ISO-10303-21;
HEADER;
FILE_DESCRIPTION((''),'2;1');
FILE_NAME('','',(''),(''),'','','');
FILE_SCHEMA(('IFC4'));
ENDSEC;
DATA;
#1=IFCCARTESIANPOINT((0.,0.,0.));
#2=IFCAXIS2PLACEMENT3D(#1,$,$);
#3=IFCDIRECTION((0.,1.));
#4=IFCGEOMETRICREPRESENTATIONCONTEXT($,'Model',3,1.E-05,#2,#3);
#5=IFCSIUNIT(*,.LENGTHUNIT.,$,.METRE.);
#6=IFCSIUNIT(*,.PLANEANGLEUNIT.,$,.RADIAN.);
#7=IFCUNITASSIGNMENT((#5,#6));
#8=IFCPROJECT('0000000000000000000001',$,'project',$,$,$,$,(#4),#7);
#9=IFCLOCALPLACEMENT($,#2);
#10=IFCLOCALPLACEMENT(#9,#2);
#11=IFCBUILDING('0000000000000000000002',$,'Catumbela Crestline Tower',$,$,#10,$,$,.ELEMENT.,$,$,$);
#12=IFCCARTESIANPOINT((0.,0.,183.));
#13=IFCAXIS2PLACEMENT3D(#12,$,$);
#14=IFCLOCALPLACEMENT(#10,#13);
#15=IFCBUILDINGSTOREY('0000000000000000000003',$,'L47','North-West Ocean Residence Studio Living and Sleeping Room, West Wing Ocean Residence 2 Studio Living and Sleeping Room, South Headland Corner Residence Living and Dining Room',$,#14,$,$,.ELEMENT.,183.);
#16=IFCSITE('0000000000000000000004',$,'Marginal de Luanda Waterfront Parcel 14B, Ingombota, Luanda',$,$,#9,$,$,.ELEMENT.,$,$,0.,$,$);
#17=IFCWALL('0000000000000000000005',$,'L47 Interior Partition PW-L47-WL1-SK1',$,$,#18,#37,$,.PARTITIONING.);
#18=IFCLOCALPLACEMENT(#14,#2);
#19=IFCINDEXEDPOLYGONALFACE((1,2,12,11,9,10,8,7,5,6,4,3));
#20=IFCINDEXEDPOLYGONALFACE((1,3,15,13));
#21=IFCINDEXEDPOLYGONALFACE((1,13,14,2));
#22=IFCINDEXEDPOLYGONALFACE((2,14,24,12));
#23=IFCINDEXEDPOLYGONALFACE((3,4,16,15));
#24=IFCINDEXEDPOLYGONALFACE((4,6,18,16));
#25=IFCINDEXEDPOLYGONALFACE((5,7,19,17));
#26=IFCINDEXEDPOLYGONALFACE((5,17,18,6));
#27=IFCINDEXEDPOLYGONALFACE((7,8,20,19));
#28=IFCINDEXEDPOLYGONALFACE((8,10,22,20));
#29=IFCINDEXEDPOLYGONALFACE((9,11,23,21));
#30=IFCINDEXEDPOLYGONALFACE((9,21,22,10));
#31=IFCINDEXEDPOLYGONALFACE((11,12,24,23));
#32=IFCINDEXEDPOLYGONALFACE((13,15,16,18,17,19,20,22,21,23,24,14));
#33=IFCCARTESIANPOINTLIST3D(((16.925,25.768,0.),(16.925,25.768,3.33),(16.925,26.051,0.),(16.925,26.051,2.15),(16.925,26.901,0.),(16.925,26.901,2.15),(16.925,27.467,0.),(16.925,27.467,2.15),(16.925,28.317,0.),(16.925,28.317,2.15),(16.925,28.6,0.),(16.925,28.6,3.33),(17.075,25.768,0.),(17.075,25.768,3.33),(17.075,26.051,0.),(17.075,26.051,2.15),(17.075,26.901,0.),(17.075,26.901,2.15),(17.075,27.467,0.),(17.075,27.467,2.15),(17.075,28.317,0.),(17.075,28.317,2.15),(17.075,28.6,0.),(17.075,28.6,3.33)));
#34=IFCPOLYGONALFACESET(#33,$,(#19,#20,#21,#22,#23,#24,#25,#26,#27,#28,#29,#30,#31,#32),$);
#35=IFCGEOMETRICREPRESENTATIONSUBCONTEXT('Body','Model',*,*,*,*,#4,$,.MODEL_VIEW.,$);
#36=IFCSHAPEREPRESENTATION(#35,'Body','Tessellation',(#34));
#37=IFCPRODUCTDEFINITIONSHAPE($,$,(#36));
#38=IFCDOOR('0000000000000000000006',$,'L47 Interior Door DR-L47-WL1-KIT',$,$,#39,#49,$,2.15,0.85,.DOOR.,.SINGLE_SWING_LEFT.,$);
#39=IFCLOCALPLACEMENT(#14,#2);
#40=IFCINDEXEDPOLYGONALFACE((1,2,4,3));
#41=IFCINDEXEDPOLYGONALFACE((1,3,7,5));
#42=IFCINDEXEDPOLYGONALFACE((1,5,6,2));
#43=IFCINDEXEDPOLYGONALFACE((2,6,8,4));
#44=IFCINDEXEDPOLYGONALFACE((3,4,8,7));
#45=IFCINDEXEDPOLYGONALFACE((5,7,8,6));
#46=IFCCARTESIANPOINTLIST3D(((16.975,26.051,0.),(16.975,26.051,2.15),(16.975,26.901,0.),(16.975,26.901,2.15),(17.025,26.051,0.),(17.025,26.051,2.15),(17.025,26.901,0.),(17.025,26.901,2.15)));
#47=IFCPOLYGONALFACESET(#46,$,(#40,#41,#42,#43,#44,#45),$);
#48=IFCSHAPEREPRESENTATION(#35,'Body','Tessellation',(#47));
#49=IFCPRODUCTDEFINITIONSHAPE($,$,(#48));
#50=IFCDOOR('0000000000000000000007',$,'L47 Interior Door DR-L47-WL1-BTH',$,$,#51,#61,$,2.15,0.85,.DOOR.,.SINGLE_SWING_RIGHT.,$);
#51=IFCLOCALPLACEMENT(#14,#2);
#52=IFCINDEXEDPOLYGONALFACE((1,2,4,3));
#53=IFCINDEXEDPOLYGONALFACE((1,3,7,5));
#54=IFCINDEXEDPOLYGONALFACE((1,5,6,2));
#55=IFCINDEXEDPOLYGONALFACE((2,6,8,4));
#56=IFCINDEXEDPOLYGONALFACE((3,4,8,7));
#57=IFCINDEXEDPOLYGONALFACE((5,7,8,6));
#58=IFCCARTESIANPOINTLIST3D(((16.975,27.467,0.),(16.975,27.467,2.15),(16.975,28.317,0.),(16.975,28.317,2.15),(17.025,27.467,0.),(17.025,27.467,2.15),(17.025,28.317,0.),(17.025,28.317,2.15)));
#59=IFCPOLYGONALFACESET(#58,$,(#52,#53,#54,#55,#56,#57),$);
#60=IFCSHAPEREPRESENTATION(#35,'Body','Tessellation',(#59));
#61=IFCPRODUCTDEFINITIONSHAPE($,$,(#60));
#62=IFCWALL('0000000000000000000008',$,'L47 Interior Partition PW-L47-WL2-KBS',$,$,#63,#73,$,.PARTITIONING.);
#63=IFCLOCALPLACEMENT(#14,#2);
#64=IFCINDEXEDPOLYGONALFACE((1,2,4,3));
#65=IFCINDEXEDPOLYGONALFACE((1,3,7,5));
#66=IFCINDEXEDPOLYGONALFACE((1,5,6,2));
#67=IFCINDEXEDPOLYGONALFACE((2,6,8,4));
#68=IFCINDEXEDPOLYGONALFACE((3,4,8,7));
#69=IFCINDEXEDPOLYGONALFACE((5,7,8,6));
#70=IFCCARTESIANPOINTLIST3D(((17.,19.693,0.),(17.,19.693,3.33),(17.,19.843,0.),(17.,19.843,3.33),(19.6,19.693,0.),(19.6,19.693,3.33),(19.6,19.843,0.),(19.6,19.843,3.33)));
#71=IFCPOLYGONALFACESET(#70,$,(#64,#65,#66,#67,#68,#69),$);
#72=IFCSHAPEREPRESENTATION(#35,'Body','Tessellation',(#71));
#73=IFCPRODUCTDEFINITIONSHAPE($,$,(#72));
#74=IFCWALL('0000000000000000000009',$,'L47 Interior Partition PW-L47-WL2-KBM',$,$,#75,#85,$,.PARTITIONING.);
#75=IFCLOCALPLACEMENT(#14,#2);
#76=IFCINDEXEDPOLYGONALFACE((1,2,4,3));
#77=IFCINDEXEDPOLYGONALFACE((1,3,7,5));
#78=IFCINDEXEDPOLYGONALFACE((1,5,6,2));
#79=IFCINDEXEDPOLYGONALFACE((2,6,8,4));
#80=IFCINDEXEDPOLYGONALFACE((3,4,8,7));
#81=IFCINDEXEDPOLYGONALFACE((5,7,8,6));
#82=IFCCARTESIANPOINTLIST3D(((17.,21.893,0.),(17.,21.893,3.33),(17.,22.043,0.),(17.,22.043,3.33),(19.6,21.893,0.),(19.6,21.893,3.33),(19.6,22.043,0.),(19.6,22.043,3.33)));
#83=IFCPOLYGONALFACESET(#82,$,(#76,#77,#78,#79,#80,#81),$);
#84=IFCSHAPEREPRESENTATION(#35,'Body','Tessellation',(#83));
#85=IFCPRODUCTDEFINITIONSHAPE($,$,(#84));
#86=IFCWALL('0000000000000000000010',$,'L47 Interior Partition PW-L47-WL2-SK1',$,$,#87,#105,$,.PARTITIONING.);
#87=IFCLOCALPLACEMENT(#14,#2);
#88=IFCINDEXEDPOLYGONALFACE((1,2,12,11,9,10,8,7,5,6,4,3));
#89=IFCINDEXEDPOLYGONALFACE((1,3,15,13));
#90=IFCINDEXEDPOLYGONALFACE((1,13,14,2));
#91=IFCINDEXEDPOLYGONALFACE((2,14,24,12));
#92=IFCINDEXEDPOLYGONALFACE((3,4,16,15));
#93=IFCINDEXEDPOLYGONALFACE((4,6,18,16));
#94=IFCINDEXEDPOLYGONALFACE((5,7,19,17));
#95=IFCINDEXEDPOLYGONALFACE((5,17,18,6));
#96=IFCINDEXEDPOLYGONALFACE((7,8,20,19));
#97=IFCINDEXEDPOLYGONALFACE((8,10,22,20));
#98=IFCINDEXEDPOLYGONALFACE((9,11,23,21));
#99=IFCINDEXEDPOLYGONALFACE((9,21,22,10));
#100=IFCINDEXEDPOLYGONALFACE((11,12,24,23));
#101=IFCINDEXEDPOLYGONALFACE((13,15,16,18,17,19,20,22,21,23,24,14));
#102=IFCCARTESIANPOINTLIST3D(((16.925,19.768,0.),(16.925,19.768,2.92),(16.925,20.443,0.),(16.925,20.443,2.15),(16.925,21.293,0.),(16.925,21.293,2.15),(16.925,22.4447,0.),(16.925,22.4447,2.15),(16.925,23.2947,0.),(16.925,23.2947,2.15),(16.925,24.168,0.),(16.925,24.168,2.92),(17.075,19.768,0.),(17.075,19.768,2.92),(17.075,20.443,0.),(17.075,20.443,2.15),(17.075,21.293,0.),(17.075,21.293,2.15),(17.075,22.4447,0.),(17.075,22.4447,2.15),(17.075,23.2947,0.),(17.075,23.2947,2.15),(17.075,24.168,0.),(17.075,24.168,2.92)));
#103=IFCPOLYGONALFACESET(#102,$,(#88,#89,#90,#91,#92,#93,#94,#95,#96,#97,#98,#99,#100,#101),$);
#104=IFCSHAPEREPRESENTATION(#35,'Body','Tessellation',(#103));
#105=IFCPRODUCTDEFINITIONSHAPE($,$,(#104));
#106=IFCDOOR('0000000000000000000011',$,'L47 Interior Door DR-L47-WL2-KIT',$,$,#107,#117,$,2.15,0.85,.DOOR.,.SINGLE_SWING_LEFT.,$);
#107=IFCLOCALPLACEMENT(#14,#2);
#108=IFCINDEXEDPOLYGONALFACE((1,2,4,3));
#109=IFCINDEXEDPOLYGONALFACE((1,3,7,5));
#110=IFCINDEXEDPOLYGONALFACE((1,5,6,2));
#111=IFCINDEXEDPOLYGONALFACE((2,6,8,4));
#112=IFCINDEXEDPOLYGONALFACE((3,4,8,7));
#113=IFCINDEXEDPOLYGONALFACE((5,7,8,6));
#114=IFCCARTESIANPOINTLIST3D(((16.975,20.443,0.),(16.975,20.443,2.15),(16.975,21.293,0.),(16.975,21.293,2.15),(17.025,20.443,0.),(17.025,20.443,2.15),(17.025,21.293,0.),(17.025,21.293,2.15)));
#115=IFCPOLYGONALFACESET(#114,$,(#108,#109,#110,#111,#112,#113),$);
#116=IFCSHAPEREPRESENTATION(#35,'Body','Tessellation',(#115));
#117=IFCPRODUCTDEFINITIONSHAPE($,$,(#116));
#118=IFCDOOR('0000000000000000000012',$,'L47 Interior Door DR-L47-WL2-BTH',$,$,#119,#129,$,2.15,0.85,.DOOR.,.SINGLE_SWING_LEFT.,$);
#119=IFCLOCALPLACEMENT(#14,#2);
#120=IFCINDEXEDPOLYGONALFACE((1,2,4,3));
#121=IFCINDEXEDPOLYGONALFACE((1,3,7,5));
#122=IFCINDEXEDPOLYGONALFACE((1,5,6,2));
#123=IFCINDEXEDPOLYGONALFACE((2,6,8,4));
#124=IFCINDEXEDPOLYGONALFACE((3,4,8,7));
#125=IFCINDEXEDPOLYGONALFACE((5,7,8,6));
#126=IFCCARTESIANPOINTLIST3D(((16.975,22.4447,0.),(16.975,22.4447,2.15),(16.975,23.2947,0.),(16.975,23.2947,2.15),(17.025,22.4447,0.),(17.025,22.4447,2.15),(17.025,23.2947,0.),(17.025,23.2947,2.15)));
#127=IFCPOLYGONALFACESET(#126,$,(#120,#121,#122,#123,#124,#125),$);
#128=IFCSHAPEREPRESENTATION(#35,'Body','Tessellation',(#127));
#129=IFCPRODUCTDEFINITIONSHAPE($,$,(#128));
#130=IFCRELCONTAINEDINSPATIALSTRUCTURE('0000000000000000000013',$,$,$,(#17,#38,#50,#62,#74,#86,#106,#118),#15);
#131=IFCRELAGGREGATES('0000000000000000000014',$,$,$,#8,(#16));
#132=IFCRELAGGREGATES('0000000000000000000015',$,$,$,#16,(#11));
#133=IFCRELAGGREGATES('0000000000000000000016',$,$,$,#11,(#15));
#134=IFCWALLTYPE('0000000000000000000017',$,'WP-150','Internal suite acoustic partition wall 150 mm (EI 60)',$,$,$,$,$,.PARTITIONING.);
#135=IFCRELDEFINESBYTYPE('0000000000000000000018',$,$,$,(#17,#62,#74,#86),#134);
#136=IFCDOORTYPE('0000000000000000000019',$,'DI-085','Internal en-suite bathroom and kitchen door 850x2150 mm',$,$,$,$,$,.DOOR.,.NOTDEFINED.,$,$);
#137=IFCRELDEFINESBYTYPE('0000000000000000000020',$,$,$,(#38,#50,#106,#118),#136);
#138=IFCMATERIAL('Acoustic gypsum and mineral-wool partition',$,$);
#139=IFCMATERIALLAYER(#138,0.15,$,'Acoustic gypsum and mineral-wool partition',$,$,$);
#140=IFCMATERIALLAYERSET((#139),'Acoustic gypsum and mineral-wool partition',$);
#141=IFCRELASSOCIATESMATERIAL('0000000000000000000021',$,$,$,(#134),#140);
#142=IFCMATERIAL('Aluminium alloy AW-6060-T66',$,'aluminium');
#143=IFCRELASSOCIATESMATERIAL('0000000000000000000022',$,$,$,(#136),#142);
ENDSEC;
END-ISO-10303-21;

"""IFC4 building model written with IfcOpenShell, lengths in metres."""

from ifc_helpers import new_model, si_unit, direction, frame, frame_2d, origin, place, context, subcontext, project, spatial, rectangle, extrude, material, layer, layer_set, type_object, element, fill, save


model = new_model("IFC4")

# Units and contexts
model_context = context("Model", 3, precision=1e-05, world=origin(), true_north=direction((0.0, 1.0)))
body_context = subcontext(model_context, "Body", "Model", "MODEL_VIEW")
ifc_project = project(units=[si_unit("LENGTHUNIT", "METRE"), si_unit("PLANEANGLEUNIT", "RADIAN")], contexts=[model_context])

# Site, building, storey
site_placement = place(None, origin())
site = spatial("IfcSite", under=ifc_project, at=site_placement, Name="Marginal de Luanda Waterfront Parcel 14B, Ingombota, Luanda", CompositionType="ELEMENT", RefElevation=0.0)
building_placement = place(site_placement, origin())
building = spatial("IfcBuilding", under=site, at=building_placement, Name="Catumbela Crestline Tower", CompositionType="ELEMENT")
storey_placement = place(building_placement, frame((0.0, 0.0, 183.0)))
storey = spatial("IfcBuildingStorey", under=building, at=storey_placement, Name="L47", Description="North-West Ocean Residence Studio Living and Sleeping Room, West Wing Ocean Residence 2 Studio Living and Sleeping Room, South Headland Corner Residence Living and Dining Room", CompositionType="ELEMENT", Elevation=183.0)

# Shared definitions
ifc_material_1 = material(Name="Acoustic gypsum and mineral-wool partition")

# Shared definitions
ifc_material_2 = material(Name="Aluminium alloy AW-6060-T66", Category="aluminium")

# Shared definitions
ifc_layer_1 = layer(ifc_material_1, 0.15, Name="Acoustic gypsum and mineral-wool partition")
ifc_layer_set_1 = layer_set([ifc_layer_1], Name="Acoustic gypsum and mineral-wool partition")
wall_type_1 = type_object("IfcWallType", Name="WP-150", Description="Internal suite acoustic partition wall 150 mm (EI 60)", PredefinedType="PARTITIONING", material=ifc_layer_set_1)

# Wall, openings, doors
wall_1_placement = place(storey_placement, frame((17.0, 25.768, 0.0), z_axis=(0.0, 0.0, 1.0), x_axis=(0.0, 1.0, 0.0)))
wall_1 = element("IfcWall", 1, at=wall_1_placement, inside=storey, type_object=wall_type_1, Name="L47 Interior Partition PW-L47-WL1-SK1", PredefinedType="PARTITIONING", context=body_context, shape_type="SweptSolid", body=[
    extrude(rectangle(XDim=2.832, YDim=0.15, at=frame_2d((1.416, 0.0))), origin(), (0.0, 0.0, 1.0), 3.33),
])
opening_1_placement = place(wall_1_placement, frame((0.283, 0.0, 0.0)))
opening_1 = element("IfcOpeningElement", 2, at=opening_1_placement, cuts=wall_1, PredefinedType="OPENING", context=body_context, shape_type="SweptSolid", body=[
    extrude(rectangle(XDim=0.85, YDim=2.15, at=frame_2d((0.425, 1.075))), frame((0.0, 0.085, 0.0), z_axis=(0.0, -1.0, 0.0), x_axis=(1.0, 0.0, 0.0)), (0.0, 0.0, 1.0), 0.17),
])
opening_2_placement = place(wall_1_placement, frame((1.699, 0.0, 0.0)))
opening_2 = element("IfcOpeningElement", 3, at=opening_2_placement, cuts=wall_1, PredefinedType="OPENING", context=body_context, shape_type="SweptSolid", body=[
    extrude(rectangle(XDim=0.85, YDim=2.15, at=frame_2d((0.425, 1.075))), frame((0.0, 0.085, 0.0), z_axis=(0.0, -1.0, 0.0), x_axis=(1.0, 0.0, 0.0)), (0.0, 0.0, 1.0), 0.17),
])
door_type_1 = type_object("IfcDoorType", Name="DI-085", Description="Internal en-suite bathroom and kitchen door 850x2150 mm", OperationType="NOTDEFINED", PredefinedType="DOOR", material=ifc_material_2)
door_1_placement = place(opening_1_placement, origin())
door_1 = element("IfcDoor", 4, at=door_1_placement, inside=storey, type_object=door_type_1, Name="L47 Interior Door DR-L47-WL1-KIT", OperationType="SINGLE_SWING_LEFT", OverallHeight=2.15, OverallWidth=0.85, PredefinedType="DOOR", context=body_context, shape_type="SweptSolid", body=[
    extrude(rectangle(XDim=0.85, YDim=2.15, at=frame_2d((0.425, 1.075))), frame((0.0, 0.025, 0.0), z_axis=(0.0, -1.0, 0.0), x_axis=(1.0, 0.0, 0.0)), (0.0, 0.0, 1.0), 0.05),
])
fill(opening_1, door_1)
door_2_placement = place(opening_2_placement, origin())
door_2 = element("IfcDoor", 5, at=door_2_placement, inside=storey, type_object=door_type_1, Name="L47 Interior Door DR-L47-WL1-BTH", OperationType="SINGLE_SWING_RIGHT", OverallHeight=2.15, OverallWidth=0.85, PredefinedType="DOOR", context=body_context, shape_type="SweptSolid", body=[
    extrude(rectangle(XDim=0.85, YDim=2.15, at=frame_2d((0.425, 1.075))), frame((0.0, 0.025, 0.0), z_axis=(0.0, -1.0, 0.0), x_axis=(1.0, 0.0, 0.0)), (0.0, 0.0, 1.0), 0.05),
])
fill(opening_2, door_2)

# Walls
for number, where, z_axis, x_axis, name in (
    (6, (17.0, 19.768, 0.0), (0.0, 0.0, 1.0), (1.0, 0.0, 0.0), "L47 Interior Partition PW-L47-WL2-KBS"),
    (7, (17.0, 21.968, 0.0), (0.0, 0.0, 1.0), (1.0, 0.0, 0.0), "L47 Interior Partition PW-L47-WL2-KBM"),
):
    element("IfcWall", number, at=place(storey_placement, frame(where, z_axis=z_axis, x_axis=x_axis)), inside=storey, type_object=wall_type_1, Name=name, PredefinedType="PARTITIONING", context=body_context, shape_type="SweptSolid", body=[
        extrude(rectangle(XDim=2.6, YDim=0.15, at=frame_2d((1.3, 0.0))), origin(), (0.0, 0.0, 1.0), 3.33),
    ])

# Wall, openings, doors
wall_2_placement = place(storey_placement, frame((17.0, 19.768, 0.0), z_axis=(0.0, 0.0, 1.0), x_axis=(0.0, 1.0, 0.0)))
wall_2 = element("IfcWall", 8, at=wall_2_placement, inside=storey, type_object=wall_type_1, Name="L47 Interior Partition PW-L47-WL2-SK1", PredefinedType="PARTITIONING", context=body_context, shape_type="SweptSolid", body=[
    extrude(rectangle(XDim=4.4, YDim=0.15, at=frame_2d((2.2, 0.0))), origin(), (0.0, 0.0, 1.0), 2.92),
])
opening_3_placement = place(wall_2_placement, frame((0.675, 0.0, 0.0)))
opening_3 = element("IfcOpeningElement", 9, at=opening_3_placement, cuts=wall_2, PredefinedType="OPENING", context=body_context, shape_type="SweptSolid", body=[
    extrude(rectangle(XDim=0.85, YDim=2.15, at=frame_2d((0.425, 1.075))), frame((0.0, 0.085, 0.0), z_axis=(0.0, -1.0, 0.0), x_axis=(1.0, 0.0, 0.0)), (0.0, 0.0, 1.0), 0.17),
])
opening_4_placement = place(wall_2_placement, frame((2.6767, 0.0, 0.0)))
opening_4 = element("IfcOpeningElement", 10, at=opening_4_placement, cuts=wall_2, PredefinedType="OPENING", context=body_context, shape_type="SweptSolid", body=[
    extrude(rectangle(XDim=0.85, YDim=2.15, at=frame_2d((0.425, 1.075))), frame((0.0, 0.085, 0.0), z_axis=(0.0, -1.0, 0.0), x_axis=(1.0, 0.0, 0.0)), (0.0, 0.0, 1.0), 0.17),
])
door_3_placement = place(opening_3_placement, origin())
door_3 = element("IfcDoor", 11, at=door_3_placement, inside=storey, type_object=door_type_1, Name="L47 Interior Door DR-L47-WL2-KIT", OperationType="SINGLE_SWING_LEFT", OverallHeight=2.15, OverallWidth=0.85, PredefinedType="DOOR", context=body_context, shape_type="SweptSolid", body=[
    extrude(rectangle(XDim=0.85, YDim=2.15, at=frame_2d((0.425, 1.075))), frame((0.0, 0.025, 0.0), z_axis=(0.0, -1.0, 0.0), x_axis=(1.0, 0.0, 0.0)), (0.0, 0.0, 1.0), 0.05),
])
fill(opening_3, door_3)
door_4_placement = place(opening_4_placement, origin())
door_4 = element("IfcDoor", 12, at=door_4_placement, inside=storey, type_object=door_type_1, Name="L47 Interior Door DR-L47-WL2-BTH", OperationType="SINGLE_SWING_LEFT", OverallHeight=2.15, OverallWidth=0.85, PredefinedType="DOOR", context=body_context, shape_type="SweptSolid", body=[
    extrude(rectangle(XDim=0.85, YDim=2.15, at=frame_2d((0.425, 1.075))), frame((0.0, 0.025, 0.0), z_axis=(0.0, -1.0, 0.0), x_axis=(1.0, 0.0, 0.0)), (0.0, 0.0, 1.0), 0.05),
])
fill(opening_4, door_4)

save(model, "model.ifc")
